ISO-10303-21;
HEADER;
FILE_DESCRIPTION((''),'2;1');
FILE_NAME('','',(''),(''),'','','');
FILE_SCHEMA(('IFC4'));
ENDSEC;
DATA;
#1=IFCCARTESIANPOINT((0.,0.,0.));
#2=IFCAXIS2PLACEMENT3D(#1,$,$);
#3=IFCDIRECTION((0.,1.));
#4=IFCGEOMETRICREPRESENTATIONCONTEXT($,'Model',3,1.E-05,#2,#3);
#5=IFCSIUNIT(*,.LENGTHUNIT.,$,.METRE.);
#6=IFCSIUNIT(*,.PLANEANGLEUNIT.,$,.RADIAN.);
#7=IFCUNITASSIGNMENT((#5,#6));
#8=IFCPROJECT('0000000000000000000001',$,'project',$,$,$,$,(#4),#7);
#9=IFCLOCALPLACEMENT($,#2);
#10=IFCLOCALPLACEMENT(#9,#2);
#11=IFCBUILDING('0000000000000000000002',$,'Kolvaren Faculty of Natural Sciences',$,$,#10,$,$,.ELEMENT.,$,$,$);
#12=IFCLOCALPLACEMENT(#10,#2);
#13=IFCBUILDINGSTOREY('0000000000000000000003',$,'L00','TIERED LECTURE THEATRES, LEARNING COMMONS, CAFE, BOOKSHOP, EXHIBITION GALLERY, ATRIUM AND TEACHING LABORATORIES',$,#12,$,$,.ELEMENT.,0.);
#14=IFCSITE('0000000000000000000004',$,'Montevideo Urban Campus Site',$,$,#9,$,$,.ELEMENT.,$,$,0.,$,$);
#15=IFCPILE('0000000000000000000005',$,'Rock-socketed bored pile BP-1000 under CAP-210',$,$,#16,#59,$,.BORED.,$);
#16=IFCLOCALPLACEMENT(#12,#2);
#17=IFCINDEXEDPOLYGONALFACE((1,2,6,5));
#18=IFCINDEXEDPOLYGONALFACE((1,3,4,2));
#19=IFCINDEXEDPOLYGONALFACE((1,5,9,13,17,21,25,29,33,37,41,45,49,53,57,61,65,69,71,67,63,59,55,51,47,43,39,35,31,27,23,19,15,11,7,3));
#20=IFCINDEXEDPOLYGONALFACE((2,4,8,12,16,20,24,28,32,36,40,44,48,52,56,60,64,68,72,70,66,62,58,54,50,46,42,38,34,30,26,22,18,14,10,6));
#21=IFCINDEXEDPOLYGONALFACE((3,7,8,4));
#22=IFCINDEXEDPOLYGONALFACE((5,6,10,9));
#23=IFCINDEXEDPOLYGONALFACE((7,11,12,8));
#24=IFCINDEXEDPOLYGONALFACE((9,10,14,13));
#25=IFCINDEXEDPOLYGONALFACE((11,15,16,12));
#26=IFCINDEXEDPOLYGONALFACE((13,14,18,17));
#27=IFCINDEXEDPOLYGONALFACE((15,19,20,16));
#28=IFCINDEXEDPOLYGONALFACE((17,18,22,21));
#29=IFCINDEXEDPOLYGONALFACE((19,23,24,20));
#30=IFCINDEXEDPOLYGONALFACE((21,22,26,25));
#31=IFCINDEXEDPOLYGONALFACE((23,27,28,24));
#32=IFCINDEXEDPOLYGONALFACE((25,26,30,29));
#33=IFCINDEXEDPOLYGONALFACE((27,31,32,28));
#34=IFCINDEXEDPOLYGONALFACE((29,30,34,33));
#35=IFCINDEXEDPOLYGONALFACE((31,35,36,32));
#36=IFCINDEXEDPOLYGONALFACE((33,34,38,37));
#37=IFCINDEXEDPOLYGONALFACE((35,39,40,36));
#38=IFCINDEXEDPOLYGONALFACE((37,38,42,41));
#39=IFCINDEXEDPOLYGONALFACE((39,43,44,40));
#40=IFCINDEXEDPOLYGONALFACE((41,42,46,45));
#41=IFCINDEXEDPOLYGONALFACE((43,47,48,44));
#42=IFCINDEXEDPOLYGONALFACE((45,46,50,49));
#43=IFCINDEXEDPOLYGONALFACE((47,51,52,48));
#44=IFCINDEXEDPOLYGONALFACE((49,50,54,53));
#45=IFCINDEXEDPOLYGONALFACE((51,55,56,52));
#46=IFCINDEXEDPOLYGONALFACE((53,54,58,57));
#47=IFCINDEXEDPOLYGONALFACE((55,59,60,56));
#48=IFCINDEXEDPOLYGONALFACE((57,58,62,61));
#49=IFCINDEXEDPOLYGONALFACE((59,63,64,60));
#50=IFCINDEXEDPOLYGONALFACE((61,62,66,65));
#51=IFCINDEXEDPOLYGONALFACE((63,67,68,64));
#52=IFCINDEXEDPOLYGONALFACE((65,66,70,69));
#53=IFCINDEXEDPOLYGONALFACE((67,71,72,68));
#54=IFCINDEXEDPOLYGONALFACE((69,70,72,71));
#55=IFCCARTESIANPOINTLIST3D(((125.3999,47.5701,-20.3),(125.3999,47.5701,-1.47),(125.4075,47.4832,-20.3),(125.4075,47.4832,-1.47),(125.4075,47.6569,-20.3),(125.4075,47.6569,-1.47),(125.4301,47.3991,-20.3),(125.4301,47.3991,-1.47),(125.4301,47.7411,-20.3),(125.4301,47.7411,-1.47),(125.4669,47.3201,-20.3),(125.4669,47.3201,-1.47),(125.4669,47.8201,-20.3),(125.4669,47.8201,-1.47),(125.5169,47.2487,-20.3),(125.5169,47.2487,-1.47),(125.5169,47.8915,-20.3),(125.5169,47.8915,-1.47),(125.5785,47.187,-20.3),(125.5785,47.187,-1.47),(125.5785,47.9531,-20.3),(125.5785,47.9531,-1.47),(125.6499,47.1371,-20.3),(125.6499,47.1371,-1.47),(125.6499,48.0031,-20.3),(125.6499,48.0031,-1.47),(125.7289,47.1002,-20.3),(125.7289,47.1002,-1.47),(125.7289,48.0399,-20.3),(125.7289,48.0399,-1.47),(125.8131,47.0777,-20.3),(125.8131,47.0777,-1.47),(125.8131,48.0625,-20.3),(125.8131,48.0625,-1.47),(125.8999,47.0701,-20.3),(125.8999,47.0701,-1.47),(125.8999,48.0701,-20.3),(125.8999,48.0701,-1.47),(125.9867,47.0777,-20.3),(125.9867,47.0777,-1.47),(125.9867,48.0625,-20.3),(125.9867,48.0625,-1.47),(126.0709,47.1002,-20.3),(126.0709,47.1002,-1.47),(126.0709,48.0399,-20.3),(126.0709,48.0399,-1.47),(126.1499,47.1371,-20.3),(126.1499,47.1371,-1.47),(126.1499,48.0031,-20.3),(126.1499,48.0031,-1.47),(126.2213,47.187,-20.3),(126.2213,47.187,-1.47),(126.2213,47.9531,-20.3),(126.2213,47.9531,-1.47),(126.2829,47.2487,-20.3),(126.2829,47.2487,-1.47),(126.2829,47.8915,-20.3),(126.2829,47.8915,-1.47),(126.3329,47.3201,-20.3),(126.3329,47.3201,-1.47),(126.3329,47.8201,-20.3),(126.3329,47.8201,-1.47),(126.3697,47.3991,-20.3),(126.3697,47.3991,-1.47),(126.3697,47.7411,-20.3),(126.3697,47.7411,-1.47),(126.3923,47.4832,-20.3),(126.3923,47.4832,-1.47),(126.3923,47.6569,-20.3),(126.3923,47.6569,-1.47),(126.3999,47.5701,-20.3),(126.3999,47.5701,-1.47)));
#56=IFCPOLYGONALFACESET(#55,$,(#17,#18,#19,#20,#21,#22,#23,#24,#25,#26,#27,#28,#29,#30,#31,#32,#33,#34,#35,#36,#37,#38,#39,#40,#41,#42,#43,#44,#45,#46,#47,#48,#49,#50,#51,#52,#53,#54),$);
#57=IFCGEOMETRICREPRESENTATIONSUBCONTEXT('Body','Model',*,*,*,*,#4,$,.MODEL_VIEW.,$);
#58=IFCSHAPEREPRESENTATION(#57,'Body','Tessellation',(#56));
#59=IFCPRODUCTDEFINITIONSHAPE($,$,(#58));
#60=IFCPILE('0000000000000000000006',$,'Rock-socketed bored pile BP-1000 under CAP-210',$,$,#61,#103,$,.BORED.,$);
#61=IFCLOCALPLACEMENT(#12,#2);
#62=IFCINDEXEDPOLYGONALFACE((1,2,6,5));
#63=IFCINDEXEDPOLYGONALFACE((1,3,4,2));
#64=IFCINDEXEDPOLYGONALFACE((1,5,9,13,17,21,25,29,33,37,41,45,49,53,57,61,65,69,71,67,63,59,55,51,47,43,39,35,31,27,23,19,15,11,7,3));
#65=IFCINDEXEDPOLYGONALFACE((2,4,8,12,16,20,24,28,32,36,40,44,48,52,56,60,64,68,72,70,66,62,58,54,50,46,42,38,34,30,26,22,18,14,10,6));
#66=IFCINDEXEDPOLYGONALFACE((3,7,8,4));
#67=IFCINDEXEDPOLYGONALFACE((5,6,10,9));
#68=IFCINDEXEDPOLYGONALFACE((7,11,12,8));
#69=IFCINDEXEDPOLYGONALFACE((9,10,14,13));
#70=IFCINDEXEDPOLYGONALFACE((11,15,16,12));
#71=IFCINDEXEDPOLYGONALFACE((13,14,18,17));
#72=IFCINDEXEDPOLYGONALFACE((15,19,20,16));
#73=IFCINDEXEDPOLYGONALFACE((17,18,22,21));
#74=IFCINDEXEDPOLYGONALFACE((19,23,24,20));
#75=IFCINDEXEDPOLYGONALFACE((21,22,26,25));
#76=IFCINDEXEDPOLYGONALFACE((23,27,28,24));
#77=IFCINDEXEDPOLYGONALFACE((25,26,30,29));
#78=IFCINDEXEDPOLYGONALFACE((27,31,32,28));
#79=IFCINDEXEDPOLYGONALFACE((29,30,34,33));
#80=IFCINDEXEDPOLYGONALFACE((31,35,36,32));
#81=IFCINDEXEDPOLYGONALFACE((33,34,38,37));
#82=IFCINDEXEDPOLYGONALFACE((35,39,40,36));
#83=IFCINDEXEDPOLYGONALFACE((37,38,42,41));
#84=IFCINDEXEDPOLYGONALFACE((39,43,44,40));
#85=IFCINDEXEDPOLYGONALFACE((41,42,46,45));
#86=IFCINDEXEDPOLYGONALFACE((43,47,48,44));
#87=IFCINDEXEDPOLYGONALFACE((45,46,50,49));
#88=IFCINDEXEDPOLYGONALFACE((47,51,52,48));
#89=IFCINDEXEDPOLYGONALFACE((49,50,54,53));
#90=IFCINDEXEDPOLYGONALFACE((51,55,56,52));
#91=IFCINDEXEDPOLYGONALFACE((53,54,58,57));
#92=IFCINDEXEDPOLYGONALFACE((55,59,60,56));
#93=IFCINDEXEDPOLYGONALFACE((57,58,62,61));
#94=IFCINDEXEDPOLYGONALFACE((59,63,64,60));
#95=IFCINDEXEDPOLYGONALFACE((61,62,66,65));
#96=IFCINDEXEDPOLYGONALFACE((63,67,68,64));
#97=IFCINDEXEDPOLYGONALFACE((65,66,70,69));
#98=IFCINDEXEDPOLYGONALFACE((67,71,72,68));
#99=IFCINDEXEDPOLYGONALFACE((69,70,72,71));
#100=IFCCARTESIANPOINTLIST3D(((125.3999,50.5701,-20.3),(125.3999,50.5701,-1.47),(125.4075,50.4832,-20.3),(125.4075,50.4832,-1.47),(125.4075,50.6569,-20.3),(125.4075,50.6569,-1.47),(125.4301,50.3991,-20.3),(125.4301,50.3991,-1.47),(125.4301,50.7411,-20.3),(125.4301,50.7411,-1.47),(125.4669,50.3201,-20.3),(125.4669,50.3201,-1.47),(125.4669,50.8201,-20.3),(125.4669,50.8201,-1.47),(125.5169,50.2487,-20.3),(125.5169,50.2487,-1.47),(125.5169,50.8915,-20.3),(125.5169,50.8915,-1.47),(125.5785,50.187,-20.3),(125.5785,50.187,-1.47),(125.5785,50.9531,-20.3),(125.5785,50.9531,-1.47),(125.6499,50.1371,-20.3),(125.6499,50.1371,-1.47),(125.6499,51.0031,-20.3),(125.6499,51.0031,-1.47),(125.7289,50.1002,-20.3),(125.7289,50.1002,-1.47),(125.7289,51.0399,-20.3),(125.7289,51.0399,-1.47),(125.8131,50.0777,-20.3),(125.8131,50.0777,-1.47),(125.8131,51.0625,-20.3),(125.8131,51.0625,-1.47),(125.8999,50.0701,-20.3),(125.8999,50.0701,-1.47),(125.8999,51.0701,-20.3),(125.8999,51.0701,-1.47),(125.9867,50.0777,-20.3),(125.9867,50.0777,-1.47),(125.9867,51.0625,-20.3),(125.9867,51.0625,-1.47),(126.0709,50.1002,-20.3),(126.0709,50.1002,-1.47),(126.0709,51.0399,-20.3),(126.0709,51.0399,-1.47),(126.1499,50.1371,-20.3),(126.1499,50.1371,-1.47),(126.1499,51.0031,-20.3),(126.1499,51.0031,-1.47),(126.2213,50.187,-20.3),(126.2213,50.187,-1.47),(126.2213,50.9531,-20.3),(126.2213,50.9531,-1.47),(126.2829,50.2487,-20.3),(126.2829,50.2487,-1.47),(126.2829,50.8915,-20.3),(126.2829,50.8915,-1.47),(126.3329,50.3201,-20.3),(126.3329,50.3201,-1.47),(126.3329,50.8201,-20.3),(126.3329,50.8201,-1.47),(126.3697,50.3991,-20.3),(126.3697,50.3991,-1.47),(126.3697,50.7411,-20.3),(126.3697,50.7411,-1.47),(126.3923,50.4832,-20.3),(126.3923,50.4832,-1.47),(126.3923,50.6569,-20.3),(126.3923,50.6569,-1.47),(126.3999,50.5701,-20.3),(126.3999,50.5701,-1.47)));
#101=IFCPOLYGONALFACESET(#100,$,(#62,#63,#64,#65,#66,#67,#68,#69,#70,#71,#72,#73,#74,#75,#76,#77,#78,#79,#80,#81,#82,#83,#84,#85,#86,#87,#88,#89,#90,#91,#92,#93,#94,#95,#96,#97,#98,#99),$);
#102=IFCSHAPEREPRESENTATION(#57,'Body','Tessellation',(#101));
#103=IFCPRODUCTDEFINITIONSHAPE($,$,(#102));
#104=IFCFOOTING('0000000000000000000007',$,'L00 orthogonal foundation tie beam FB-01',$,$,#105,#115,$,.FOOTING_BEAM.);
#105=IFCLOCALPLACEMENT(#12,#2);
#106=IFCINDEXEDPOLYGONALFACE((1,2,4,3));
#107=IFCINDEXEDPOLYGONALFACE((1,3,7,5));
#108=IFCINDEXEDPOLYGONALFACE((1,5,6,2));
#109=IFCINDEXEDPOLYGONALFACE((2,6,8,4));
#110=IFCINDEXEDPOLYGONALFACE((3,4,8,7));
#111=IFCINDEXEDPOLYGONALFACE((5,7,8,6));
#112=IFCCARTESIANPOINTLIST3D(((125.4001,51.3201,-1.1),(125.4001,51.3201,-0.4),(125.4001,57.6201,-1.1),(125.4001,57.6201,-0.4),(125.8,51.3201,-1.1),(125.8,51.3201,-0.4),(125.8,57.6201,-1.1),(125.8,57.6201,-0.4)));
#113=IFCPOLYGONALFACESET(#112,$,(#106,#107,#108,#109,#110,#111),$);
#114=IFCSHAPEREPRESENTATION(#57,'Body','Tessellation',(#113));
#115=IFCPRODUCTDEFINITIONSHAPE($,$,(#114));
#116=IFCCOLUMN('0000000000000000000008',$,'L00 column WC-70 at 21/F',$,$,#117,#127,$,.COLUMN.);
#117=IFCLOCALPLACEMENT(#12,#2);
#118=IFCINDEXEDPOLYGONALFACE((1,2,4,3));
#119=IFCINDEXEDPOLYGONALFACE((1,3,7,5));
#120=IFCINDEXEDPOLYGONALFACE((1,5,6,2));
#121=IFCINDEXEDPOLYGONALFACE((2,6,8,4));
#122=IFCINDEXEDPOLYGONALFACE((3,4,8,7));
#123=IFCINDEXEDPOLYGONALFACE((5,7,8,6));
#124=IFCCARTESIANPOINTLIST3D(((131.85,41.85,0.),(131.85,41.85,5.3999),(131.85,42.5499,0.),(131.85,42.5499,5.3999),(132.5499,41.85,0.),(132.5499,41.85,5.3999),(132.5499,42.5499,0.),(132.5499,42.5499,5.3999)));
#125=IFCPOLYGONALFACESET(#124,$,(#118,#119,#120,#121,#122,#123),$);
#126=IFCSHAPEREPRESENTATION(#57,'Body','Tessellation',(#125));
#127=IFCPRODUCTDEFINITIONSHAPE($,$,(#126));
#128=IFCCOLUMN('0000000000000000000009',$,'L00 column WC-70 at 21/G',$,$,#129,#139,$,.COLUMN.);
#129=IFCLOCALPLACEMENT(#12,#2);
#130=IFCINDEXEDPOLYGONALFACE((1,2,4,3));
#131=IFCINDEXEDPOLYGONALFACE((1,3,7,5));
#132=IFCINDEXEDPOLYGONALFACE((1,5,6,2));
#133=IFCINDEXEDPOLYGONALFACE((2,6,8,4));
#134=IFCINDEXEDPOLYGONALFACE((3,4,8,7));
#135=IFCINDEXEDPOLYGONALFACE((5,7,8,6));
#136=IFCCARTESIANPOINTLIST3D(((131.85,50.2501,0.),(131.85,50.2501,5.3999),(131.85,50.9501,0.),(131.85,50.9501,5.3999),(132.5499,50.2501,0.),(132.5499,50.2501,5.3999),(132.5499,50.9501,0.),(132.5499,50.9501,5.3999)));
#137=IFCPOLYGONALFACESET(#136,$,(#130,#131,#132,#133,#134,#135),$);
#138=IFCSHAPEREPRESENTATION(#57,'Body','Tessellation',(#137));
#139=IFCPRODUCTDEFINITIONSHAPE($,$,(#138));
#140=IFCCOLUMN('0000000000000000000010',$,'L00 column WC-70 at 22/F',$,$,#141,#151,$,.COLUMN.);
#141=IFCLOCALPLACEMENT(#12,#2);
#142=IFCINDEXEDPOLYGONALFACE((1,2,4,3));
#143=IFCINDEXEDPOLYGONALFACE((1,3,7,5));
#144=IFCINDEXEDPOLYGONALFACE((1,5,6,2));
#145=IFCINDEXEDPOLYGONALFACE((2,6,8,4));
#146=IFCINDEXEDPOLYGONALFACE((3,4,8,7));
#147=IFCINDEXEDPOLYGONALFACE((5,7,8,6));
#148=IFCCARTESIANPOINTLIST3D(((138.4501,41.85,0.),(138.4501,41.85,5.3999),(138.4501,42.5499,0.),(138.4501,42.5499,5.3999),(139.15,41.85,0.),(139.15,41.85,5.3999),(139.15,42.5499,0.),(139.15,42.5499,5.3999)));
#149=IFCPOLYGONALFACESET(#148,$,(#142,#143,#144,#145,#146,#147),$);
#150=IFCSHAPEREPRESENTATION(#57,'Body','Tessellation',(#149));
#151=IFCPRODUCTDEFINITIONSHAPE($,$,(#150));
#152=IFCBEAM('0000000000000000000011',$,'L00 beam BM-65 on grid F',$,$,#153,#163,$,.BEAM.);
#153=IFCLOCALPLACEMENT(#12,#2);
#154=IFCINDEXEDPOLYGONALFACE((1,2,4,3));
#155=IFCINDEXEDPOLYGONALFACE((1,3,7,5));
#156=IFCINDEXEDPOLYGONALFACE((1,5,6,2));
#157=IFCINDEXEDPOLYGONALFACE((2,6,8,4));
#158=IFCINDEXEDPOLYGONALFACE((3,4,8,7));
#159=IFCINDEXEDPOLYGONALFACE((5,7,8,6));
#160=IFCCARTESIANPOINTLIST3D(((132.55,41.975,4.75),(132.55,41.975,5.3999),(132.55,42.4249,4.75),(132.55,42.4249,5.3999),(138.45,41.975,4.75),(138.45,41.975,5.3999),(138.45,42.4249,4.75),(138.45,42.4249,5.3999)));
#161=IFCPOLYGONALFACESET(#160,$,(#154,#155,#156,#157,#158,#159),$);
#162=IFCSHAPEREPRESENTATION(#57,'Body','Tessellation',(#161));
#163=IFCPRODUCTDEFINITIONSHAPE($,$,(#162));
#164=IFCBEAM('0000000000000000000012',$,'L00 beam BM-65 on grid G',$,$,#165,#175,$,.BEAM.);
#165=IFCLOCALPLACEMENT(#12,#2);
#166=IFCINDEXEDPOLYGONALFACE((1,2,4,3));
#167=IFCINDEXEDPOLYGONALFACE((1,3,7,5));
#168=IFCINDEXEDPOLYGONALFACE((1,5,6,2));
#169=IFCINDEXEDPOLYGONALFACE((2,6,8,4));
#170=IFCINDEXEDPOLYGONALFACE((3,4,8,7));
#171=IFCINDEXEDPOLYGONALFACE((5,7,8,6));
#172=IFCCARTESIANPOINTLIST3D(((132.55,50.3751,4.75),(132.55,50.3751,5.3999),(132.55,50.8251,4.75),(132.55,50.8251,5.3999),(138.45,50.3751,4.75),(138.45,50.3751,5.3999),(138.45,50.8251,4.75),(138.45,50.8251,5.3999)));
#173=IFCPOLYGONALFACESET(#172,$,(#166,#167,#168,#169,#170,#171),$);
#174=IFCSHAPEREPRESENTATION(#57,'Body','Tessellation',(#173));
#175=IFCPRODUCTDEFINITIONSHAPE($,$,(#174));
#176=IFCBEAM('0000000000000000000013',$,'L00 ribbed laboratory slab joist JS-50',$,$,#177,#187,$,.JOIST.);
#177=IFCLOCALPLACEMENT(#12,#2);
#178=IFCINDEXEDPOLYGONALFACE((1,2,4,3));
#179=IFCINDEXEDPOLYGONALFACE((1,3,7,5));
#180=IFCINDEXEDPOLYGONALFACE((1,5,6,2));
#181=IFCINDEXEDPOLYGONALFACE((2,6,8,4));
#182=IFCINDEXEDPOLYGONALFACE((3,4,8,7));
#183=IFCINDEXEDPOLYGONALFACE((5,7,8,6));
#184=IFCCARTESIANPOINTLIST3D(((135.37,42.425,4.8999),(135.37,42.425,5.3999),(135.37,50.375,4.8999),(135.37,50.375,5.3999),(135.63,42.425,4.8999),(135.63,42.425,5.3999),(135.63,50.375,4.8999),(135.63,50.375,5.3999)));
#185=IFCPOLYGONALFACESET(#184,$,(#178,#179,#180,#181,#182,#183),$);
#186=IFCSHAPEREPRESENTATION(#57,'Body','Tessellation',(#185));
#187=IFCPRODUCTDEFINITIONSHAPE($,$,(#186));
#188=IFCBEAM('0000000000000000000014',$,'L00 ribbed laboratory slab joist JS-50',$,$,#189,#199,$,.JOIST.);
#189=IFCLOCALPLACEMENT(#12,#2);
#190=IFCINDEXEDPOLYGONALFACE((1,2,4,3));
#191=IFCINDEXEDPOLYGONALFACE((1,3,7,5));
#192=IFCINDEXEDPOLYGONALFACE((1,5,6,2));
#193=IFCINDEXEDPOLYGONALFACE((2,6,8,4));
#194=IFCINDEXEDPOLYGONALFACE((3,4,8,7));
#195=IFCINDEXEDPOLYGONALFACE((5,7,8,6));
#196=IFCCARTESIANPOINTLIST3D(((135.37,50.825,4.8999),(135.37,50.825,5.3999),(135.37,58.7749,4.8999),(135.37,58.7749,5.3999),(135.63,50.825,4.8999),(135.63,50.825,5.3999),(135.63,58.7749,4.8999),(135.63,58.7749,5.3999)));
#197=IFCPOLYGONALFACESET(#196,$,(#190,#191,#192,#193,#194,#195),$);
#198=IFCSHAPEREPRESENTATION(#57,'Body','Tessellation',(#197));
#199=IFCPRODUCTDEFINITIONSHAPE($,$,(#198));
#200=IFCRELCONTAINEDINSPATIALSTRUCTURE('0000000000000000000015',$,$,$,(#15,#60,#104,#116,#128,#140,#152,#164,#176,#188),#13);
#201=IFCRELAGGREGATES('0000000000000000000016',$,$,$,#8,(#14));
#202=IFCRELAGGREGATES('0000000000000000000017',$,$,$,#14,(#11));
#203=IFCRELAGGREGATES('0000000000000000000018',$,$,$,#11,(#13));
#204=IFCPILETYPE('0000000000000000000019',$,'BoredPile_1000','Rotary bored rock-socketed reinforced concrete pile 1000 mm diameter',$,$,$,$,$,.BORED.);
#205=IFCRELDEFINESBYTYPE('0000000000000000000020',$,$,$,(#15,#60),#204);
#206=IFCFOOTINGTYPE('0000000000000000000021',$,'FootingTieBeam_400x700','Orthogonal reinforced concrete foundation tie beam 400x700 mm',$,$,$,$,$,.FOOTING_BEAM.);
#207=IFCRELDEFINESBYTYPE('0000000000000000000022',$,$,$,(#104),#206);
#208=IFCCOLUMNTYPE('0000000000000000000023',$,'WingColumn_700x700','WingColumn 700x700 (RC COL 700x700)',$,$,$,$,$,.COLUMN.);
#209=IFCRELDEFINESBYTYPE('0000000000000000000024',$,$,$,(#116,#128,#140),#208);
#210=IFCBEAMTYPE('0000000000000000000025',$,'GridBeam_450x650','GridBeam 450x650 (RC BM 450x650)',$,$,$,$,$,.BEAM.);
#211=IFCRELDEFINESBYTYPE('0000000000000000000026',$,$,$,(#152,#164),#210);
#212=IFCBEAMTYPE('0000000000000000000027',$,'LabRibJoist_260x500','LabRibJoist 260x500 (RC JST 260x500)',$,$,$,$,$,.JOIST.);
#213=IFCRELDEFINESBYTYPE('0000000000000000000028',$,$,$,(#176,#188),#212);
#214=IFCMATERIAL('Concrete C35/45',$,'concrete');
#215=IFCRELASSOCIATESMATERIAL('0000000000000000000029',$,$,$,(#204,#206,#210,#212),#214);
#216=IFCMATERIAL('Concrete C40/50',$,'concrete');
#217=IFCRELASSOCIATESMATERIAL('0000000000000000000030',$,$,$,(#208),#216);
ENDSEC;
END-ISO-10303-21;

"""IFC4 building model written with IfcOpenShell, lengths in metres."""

from ifc_helpers import new_model, si_unit, direction, frame, origin, origin_2d, place, context, subcontext, project, spatial, rectangle, circle, extrude, material, material_profile, profile_set, type_object, element, save


model = new_model("IFC4")

# Units and contexts
model_context = context("Model", 3, precision=1e-05, world=origin(), true_north=direction((0.0, 1.0)))
body_context = subcontext(model_context, "Body", "Model", "MODEL_VIEW")
ifc_project = project(units=[si_unit("LENGTHUNIT", "METRE"), si_unit("PLANEANGLEUNIT", "RADIAN")], contexts=[model_context])

# Site, building, storey
site_placement = place(None, origin())
site = spatial("IfcSite", under=ifc_project, at=site_placement, Name="Montevideo Urban Campus Site", CompositionType="ELEMENT", RefElevation=0.0)
building_placement = place(site_placement, origin())
building = spatial("IfcBuilding", under=site, at=building_placement, Name="Kolvaren Faculty of Natural Sciences", CompositionType="ELEMENT")
storey_placement = place(building_placement, origin())
storey = spatial("IfcBuildingStorey", under=building, at=storey_placement, Name="L00", Description="TIERED LECTURE THEATRES, LEARNING COMMONS, CAFE, BOOKSHOP, EXHIBITION GALLERY, ATRIUM AND TEACHING LABORATORIES", CompositionType="ELEMENT", Elevation=0.0)

# Piles
ifc_material_1 = material(Name="Concrete C35/45", Category="concrete")
ifc_material_profile_1 = material_profile(ifc_material_1, circle(Radius=0.5, at=origin_2d()), Name="PILE D1000")
ifc_profile_set_1 = profile_set([ifc_material_profile_1], Name="Concrete C35/45")
pile_type = type_object("IfcPileType", Name="BoredPile_1000", Description="Rotary bored rock-socketed reinforced concrete pile 1000 mm diameter", PredefinedType="BORED", material=ifc_profile_set_1)
for number, where, z_axis, x_axis, name in (
    (1, (125.8999, 47.5701, -1.47), (0.0, 0.0, -1.0), (1.0, 0.0, 0.0), "Rock-socketed bored pile BP-1000 under CAP-210"),
    (2, (125.8999, 50.5701, -1.47), (0.0, 0.0, -1.0), (1.0, 0.0, 0.0), "Rock-socketed bored pile BP-1000 under CAP-210"),
):
    element("IfcPile", number, at=place(storey_placement, frame(where, z_axis=z_axis, x_axis=x_axis)), inside=storey, type_object=pile_type, Name=name, PredefinedType="BORED", context=body_context, shape_type="SweptSolid", body=[
        extrude(circle(Radius=0.5, at=origin_2d()), origin(), (0.0, 0.0, 1.0), 18.8301),
    ])

# Footing
ifc_material_profile_2 = material_profile(ifc_material_1, rectangle(XDim=0.3999, YDim=0.7, at=origin_2d()), Name="RC FB 400x700")
ifc_profile_set_2 = profile_set([ifc_material_profile_2], Name="Concrete C35/45")
footing_type = type_object("IfcFootingType", Name="FootingTieBeam_400x700", Description="Orthogonal reinforced concrete foundation tie beam 400x700 mm", PredefinedType="FOOTING_BEAM", material=ifc_profile_set_2)
footing_placement = place(storey_placement, frame((125.6001, 51.3201, -0.75), z_axis=(0.0, 1.0, 0.0), x_axis=(-1.0, 0.0, 0.0)))
element("IfcFooting", 3, at=footing_placement, inside=storey, type_object=footing_type, Name="L00 orthogonal foundation tie beam FB-01", PredefinedType="FOOTING_BEAM", context=body_context, shape_type="SweptSolid", body=[
    extrude(rectangle(XDim=0.3999, YDim=0.7, at=origin_2d()), origin(), (0.0, 0.0, 1.0), 6.3),
])

# Columns
ifc_material_2 = material(Name="Concrete C40/50", Category="concrete")
ifc_material_profile_3 = material_profile(ifc_material_2, rectangle(XDim=0.7, YDim=0.7, at=origin_2d()), Name="RC COL 700x700")
ifc_profile_set_3 = profile_set([ifc_material_profile_3], Name="Concrete C40/50")
column_type = type_object("IfcColumnType", Name="WingColumn_700x700", Description="WingColumn 700x700 (RC COL 700x700)", PredefinedType="COLUMN", material=ifc_profile_set_3)
for number, where, z_axis, x_axis, name in (
    (4, (132.2, 42.2, 0.0), (0.0, 0.0, 1.0), (1.0, 0.0, 0.0), "L00 column WC-70 at 21/F"),
    (5, (132.2, 50.6001, 0.0), (0.0, 0.0, 1.0), (1.0, 0.0, 0.0), "L00 column WC-70 at 21/G"),
    (6, (138.8, 42.2, 0.0), (0.0, 0.0, 1.0), (1.0, 0.0, 0.0), "L00 column WC-70 at 22/F"),
):
    element("IfcColumn", number, at=place(storey_placement, frame(where, z_axis=z_axis, x_axis=x_axis)), inside=storey, type_object=column_type, Name=name, PredefinedType="COLUMN", context=body_context, shape_type="SweptSolid", body=[
        extrude(rectangle(XDim=0.7, YDim=0.7, at=origin_2d()), origin(), (0.0, 0.0, 1.0), 5.3999),
    ])

# Beams
ifc_material_profile_4 = material_profile(ifc_material_1, rectangle(XDim=0.45, YDim=0.6499, at=origin_2d()), Name="RC BM 450x650")
ifc_profile_set_4 = profile_set([ifc_material_profile_4], Name="Concrete C35/45")
beam_type_1 = type_object("IfcBeamType", Name="GridBeam_450x650", Description="GridBeam 450x650 (RC BM 450x650)", PredefinedType="BEAM", material=ifc_profile_set_4)
for number, where, z_axis, x_axis, name in (
    (7, (132.55, 42.2, 5.075), (1.0, 0.0, 0.0), (0.0, 1.0, 0.0), "L00 beam BM-65 on grid F"),
    (8, (132.55, 50.6001, 5.075), (1.0, 0.0, 0.0), (0.0, 1.0, 0.0), "L00 beam BM-65 on grid G"),
):
    element("IfcBeam", number, at=place(storey_placement, frame(where, z_axis=z_axis, x_axis=x_axis)), inside=storey, type_object=beam_type_1, Name=name, PredefinedType="BEAM", context=body_context, shape_type="SweptSolid", body=[
        extrude(rectangle(XDim=0.45, YDim=0.6499, at=origin_2d()), origin(), (0.0, 0.0, 1.0), 5.8999),
    ])
ifc_material_profile_5 = material_profile(ifc_material_1, rectangle(XDim=0.26, YDim=0.5, at=origin_2d()), Name="RC JST 260x500")
ifc_profile_set_5 = profile_set([ifc_material_profile_5], Name="Concrete C35/45")
beam_type_2 = type_object("IfcBeamType", Name="LabRibJoist_260x500", Description="LabRibJoist 260x500 (RC JST 260x500)", PredefinedType="JOIST", material=ifc_profile_set_5)
for number, where, z_axis, x_axis, name in (
    (9, (135.5, 42.425, 5.1499), (0.0, 1.0, 0.0), (-1.0, 0.0, 0.0), "L00 ribbed laboratory slab joist JS-50"),
    (10, (135.5, 50.825, 5.1499), (0.0, 1.0, 0.0), (-1.0, 0.0, 0.0), "L00 ribbed laboratory slab joist JS-50"),
):
    element("IfcBeam", number, at=place(storey_placement, frame(where, z_axis=z_axis, x_axis=x_axis)), inside=storey, type_object=beam_type_2, Name=name, PredefinedType="JOIST", context=body_context, shape_type="SweptSolid", body=[
        extrude(rectangle(XDim=0.26, YDim=0.5, at=origin_2d()), origin(), (0.0, 0.0, 1.0), 7.95),
    ])

save(model, "model.ifc")
